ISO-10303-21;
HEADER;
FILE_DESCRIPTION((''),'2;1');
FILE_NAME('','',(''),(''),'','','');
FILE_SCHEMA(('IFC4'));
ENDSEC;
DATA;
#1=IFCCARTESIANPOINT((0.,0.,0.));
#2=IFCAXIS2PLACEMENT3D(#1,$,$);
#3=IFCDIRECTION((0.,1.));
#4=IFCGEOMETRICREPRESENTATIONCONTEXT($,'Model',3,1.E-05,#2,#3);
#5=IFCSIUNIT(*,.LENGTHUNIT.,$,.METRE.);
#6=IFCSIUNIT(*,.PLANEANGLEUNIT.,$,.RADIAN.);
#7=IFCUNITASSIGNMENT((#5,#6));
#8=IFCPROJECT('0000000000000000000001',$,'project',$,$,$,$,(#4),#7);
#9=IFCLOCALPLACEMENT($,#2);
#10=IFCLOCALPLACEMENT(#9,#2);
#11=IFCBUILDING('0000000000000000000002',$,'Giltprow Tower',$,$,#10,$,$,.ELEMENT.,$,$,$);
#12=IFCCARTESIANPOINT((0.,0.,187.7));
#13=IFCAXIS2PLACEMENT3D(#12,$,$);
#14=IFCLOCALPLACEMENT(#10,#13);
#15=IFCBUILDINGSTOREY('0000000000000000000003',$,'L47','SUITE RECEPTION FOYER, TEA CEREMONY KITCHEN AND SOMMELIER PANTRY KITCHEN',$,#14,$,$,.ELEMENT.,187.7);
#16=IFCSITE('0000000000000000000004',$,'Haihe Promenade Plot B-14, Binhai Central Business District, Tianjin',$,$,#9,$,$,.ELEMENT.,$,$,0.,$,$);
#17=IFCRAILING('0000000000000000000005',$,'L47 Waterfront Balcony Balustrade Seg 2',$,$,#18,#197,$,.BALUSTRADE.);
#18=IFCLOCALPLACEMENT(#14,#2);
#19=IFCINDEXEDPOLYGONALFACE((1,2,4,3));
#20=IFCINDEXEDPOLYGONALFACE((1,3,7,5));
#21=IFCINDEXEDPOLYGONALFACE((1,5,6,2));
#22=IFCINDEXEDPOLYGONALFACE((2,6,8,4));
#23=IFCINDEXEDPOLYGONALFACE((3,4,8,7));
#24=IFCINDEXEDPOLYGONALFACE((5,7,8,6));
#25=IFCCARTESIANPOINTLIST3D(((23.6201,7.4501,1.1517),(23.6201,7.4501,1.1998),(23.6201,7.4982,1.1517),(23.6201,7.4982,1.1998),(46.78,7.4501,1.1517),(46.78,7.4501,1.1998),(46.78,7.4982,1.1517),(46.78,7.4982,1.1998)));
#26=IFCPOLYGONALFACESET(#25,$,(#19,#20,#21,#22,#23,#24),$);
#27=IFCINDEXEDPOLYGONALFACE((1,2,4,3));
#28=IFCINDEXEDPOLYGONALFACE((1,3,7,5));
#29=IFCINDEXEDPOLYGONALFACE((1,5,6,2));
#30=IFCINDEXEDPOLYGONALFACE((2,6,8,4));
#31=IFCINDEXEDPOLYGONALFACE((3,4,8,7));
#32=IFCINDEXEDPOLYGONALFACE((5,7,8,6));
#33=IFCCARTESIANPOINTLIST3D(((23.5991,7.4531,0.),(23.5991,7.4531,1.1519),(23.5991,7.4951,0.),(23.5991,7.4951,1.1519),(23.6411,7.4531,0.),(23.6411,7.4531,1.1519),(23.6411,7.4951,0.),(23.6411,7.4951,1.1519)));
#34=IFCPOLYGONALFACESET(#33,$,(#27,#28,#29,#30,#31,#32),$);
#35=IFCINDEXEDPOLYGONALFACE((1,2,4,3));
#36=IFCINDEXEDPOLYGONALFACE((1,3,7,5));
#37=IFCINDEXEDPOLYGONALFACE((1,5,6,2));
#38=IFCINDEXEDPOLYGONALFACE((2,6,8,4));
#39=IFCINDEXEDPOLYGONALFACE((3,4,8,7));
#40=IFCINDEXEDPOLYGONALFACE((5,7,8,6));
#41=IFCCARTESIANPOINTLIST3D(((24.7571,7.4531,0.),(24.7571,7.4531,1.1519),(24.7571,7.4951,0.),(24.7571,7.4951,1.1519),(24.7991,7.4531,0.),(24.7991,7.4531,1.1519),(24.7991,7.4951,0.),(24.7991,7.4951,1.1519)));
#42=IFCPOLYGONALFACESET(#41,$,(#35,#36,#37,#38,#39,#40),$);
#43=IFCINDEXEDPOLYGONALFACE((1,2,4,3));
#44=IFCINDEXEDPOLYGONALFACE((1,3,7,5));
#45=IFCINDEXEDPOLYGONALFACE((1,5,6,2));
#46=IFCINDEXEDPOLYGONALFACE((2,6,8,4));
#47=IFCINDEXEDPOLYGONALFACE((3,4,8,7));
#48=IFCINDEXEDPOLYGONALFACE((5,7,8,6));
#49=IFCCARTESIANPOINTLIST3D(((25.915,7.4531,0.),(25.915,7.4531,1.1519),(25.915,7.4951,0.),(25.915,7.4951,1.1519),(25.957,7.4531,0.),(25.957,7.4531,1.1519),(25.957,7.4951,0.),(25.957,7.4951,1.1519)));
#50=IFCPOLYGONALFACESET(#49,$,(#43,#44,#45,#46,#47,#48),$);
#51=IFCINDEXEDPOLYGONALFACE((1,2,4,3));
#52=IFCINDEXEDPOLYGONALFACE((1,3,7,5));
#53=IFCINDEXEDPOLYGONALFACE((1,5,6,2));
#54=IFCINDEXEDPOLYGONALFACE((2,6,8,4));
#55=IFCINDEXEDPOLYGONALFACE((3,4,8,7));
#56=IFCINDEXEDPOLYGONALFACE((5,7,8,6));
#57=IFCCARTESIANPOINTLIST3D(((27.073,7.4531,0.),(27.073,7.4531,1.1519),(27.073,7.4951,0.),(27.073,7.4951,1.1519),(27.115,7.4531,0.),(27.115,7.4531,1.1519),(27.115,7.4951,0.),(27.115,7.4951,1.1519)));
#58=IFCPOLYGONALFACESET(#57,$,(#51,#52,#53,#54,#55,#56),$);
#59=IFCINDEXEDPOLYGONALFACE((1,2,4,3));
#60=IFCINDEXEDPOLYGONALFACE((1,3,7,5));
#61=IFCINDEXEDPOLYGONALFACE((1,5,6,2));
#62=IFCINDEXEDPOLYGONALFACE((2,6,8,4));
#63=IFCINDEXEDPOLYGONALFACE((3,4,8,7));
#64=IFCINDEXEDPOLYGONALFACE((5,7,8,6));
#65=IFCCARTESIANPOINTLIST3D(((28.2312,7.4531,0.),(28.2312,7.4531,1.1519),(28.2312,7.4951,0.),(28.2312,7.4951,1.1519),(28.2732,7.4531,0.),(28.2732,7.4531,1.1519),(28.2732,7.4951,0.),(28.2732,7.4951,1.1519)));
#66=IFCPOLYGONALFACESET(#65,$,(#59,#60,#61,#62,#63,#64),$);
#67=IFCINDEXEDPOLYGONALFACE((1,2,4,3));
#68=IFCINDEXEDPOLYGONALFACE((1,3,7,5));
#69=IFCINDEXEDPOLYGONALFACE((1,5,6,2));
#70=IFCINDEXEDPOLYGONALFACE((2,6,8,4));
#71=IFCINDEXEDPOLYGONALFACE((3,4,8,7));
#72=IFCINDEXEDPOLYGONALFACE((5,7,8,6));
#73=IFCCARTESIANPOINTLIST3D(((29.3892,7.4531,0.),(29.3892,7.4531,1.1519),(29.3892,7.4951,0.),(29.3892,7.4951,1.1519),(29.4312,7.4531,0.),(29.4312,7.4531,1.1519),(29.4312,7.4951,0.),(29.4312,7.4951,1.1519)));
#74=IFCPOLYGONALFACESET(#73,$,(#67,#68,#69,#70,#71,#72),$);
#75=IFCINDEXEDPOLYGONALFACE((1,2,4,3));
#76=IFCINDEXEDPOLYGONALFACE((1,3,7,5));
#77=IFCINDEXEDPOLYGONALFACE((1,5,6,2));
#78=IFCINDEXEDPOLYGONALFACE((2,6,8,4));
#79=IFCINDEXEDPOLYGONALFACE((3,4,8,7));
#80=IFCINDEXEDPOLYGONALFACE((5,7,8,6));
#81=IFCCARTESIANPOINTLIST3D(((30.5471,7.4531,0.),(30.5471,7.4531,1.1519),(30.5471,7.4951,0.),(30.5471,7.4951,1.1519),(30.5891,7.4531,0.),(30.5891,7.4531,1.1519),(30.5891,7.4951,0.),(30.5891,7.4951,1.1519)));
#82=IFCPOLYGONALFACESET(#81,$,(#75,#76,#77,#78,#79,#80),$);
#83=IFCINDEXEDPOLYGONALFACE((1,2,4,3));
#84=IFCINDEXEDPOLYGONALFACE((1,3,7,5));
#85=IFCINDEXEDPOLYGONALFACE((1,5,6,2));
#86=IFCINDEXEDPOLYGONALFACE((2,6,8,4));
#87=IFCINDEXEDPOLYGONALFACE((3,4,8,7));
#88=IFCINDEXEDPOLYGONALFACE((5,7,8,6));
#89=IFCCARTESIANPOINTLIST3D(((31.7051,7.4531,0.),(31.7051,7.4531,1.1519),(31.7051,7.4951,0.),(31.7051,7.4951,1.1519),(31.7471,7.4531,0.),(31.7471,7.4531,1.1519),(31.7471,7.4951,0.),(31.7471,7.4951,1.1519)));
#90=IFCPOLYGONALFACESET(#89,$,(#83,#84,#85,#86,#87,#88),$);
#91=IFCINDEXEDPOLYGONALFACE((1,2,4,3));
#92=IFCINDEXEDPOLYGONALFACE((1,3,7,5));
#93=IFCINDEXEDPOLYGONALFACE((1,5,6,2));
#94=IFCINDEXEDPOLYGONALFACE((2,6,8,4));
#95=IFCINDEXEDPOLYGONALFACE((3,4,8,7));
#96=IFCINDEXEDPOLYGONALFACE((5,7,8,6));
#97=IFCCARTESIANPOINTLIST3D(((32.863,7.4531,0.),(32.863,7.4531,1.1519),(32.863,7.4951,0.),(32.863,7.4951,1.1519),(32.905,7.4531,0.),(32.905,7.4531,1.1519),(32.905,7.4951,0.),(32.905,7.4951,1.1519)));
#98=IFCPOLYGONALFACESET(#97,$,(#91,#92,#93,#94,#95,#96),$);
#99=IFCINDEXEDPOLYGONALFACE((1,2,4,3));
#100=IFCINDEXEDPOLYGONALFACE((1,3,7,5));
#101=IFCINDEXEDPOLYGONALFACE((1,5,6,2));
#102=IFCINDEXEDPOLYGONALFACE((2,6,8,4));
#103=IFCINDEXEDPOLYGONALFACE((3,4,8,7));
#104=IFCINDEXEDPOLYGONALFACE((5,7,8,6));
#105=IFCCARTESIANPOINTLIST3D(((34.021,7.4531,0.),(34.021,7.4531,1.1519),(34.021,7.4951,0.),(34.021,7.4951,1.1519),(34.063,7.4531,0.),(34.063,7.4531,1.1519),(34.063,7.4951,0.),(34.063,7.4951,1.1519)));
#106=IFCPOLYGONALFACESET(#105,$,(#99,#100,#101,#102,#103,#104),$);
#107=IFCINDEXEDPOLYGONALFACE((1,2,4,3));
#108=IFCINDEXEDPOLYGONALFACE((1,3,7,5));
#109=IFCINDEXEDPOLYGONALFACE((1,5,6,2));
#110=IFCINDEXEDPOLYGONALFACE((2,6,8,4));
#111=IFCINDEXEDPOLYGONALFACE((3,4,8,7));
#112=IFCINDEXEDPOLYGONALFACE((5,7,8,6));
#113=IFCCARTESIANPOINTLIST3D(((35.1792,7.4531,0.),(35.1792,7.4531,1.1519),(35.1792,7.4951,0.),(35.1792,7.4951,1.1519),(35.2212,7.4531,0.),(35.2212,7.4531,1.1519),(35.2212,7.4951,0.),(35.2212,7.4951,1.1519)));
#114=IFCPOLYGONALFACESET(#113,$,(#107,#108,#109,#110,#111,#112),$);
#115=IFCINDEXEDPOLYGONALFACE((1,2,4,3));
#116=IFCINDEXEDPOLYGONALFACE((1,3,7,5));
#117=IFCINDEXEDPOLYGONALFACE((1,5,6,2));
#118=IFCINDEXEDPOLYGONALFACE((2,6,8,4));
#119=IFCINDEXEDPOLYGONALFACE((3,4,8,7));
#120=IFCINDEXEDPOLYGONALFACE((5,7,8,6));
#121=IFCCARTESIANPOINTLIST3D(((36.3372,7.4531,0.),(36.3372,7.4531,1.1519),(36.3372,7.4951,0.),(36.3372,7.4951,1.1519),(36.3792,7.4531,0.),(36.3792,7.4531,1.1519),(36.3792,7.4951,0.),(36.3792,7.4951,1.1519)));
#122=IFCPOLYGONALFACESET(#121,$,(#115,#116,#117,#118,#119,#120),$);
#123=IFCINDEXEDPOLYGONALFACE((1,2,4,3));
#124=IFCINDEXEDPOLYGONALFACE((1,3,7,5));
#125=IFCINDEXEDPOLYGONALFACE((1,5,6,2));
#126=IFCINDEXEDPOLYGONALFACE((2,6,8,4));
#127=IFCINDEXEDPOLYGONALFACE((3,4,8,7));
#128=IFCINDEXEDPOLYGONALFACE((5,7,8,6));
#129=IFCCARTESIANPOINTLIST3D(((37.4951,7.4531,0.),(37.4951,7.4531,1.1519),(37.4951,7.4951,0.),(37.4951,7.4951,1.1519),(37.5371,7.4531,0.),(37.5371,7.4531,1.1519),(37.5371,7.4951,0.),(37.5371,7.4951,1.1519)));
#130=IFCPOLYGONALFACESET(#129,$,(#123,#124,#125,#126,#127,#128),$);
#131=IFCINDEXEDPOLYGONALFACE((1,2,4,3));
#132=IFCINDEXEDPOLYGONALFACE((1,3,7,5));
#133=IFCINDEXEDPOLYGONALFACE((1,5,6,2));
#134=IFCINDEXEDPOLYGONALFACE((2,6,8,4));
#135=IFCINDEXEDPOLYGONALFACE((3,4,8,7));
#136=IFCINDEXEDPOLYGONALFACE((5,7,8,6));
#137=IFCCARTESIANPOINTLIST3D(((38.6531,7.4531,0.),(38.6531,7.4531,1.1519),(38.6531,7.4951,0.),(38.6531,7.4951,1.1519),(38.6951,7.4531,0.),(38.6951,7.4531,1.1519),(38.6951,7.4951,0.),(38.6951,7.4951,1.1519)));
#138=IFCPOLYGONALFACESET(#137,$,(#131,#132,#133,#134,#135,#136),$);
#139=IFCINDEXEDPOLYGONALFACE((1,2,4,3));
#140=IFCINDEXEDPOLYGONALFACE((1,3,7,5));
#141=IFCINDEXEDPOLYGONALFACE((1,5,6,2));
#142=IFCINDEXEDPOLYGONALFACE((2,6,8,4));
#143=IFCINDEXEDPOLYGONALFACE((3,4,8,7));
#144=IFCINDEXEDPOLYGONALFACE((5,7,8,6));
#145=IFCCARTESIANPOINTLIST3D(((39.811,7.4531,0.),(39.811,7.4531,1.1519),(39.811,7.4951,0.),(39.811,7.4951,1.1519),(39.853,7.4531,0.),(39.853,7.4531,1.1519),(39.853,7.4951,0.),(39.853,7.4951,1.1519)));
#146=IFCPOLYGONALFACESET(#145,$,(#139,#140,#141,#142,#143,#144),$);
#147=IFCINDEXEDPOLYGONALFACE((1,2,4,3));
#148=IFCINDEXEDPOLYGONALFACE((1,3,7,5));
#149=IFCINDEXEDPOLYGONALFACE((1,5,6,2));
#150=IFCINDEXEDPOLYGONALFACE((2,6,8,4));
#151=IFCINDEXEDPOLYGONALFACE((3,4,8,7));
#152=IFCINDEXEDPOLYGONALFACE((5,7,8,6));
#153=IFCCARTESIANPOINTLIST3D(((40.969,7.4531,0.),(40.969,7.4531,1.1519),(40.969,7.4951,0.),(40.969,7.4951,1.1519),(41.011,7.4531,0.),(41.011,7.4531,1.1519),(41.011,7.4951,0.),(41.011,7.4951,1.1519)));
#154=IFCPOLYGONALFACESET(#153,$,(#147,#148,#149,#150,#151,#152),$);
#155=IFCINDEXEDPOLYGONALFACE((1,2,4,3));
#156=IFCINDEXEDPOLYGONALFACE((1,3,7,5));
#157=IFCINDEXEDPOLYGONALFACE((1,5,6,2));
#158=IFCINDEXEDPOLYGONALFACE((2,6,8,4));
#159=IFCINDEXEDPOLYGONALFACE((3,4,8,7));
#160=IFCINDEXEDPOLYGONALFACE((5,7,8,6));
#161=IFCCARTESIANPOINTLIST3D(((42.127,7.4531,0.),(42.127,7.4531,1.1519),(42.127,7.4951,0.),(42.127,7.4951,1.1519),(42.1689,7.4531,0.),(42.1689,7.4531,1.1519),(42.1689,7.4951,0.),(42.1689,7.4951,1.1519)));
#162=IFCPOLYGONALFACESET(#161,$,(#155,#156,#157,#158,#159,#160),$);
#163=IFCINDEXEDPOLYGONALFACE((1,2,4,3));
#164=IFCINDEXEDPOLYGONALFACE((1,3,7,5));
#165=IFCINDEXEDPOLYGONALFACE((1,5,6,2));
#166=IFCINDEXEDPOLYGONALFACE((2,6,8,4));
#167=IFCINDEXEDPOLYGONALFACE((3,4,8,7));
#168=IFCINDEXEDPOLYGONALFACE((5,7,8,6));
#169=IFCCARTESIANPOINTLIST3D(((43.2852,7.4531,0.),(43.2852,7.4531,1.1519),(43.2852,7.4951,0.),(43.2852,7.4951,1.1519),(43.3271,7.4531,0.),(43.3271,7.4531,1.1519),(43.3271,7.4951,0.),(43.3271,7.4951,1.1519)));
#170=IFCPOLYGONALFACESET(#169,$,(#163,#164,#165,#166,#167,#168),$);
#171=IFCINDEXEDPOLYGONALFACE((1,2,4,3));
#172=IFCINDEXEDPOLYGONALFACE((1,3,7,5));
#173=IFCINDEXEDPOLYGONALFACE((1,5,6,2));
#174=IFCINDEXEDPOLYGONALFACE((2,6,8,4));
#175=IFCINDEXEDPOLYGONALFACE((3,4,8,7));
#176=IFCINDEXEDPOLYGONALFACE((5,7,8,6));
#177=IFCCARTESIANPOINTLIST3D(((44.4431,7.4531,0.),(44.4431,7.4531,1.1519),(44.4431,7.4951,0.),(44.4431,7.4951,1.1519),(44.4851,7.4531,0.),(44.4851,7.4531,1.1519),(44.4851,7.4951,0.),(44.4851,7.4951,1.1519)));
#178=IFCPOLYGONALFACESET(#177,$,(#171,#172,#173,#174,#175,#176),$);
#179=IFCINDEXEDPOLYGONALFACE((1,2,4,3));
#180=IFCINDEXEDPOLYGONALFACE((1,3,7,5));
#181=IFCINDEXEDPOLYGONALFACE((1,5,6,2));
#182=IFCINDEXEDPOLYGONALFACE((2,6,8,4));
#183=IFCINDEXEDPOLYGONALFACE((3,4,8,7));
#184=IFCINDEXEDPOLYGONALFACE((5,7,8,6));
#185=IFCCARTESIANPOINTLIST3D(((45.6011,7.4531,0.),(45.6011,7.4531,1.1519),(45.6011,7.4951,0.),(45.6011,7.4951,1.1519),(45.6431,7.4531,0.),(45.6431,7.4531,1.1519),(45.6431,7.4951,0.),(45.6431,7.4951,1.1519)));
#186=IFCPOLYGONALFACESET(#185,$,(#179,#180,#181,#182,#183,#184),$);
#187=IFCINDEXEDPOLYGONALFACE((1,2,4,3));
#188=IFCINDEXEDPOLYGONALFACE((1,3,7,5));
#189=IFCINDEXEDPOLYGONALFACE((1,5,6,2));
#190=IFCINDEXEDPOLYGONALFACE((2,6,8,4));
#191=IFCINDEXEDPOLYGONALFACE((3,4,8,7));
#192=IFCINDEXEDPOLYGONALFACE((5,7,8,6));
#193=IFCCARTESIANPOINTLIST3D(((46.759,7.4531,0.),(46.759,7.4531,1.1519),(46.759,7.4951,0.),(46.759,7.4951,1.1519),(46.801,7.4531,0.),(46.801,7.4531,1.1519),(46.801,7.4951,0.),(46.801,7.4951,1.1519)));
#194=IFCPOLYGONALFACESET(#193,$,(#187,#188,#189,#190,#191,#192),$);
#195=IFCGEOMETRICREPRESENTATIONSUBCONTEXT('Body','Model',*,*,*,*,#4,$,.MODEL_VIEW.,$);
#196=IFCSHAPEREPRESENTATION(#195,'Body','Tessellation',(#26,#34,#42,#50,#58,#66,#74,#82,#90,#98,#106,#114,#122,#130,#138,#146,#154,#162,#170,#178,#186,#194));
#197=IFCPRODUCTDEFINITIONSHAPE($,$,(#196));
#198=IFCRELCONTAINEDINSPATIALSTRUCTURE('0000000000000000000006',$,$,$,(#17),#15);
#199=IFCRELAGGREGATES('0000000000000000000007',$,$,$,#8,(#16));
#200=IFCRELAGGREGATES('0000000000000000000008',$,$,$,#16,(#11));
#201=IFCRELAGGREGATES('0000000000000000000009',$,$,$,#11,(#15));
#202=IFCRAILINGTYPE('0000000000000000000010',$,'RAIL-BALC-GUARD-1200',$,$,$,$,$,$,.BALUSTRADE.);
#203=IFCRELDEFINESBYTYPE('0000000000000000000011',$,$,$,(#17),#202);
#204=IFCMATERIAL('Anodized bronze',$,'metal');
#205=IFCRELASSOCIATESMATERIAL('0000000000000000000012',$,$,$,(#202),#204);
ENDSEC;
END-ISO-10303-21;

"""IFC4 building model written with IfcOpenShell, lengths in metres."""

from ifc_helpers import new_model, si_unit, direction, frame, origin, origin_2d, place, context, subcontext, project, spatial, rectangle, extrude, material, type_object, element, save


model = new_model("IFC4")

# Units and contexts
model_context = context("Model", 3, precision=1e-05, world=origin(), true_north=direction((0.0, 1.0)))
body_context = subcontext(model_context, "Body", "Model", "MODEL_VIEW")
ifc_project = project(units=[si_unit("LENGTHUNIT", "METRE"), si_unit("PLANEANGLEUNIT", "RADIAN")], contexts=[model_context])

# Site, building, storey
site_placement = place(None, origin())
site = spatial("IfcSite", under=ifc_project, at=site_placement, Name="Haihe Promenade Plot B-14, Binhai Central Business District, Tianjin", CompositionType="ELEMENT", RefElevation=0.0)
building_placement = place(site_placement, origin())
building = spatial("IfcBuilding", under=site, at=building_placement, Name="Giltprow Tower", CompositionType="ELEMENT")
storey_placement = place(building_placement, frame((0.0, 0.0, 187.7)))
storey = spatial("IfcBuildingStorey", under=building, at=storey_placement, Name="L47", Description="SUITE RECEPTION FOYER, TEA CEREMONY KITCHEN AND SOMMELIER PANTRY KITCHEN", CompositionType="ELEMENT", Elevation=187.7)

# Railing
ifc_material_1 = material(Name="Anodized bronze", Category="metal")
railing_type = type_object("IfcRailingType", Name="RAIL-BALC-GUARD-1200", PredefinedType="BALUSTRADE", material=ifc_material_1)
railing_1_placement = place(storey_placement, frame((23.6201, 7.4741, 0.0)))
element("IfcRailing", 1, at=railing_1_placement, inside=storey, type_object=railing_type, Name="L47 Waterfront Balcony Balustrade Seg 2", PredefinedType="BALUSTRADE", context=body_context, shape_type="SweptSolid", body=[
    extrude(rectangle(XDim=0.0481, YDim=0.0481, at=origin_2d()), frame((0.0, 0.0, 1.1758), z_axis=(1.0, 0.0, 0.0), x_axis=(0.0, 1.0, 0.0)), (0.0, 0.0, 1.0), 23.1599),
    extrude(rectangle(XDim=0.042, YDim=0.042, at=origin_2d()), origin(), (0.0, 0.0, 1.0), 1.1519),
    extrude(rectangle(XDim=0.042, YDim=0.042, at=origin_2d()), frame((1.158, 0.0, 0.0)), (0.0, 0.0, 1.0), 1.1519),
    extrude(rectangle(XDim=0.042, YDim=0.042, at=origin_2d()), frame((2.3159, 0.0, 0.0)), (0.0, 0.0, 1.0), 1.1519),
    extrude(rectangle(XDim=0.042, YDim=0.042, at=origin_2d()), frame((3.4739, 0.0, 0.0)), (0.0, 0.0, 1.0), 1.1519),
    extrude(rectangle(XDim=0.042, YDim=0.042, at=origin_2d()), frame((4.6321, 0.0, 0.0)), (0.0, 0.0, 1.0), 1.1519),
    extrude(rectangle(XDim=0.042, YDim=0.042, at=origin_2d()), frame((5.79, 0.0, 0.0)), (0.0, 0.0, 1.0), 1.1519),
    extrude(rectangle(XDim=0.042, YDim=0.042, at=origin_2d()), frame((6.948, 0.0, 0.0)), (0.0, 0.0, 1.0), 1.1519),
    extrude(rectangle(XDim=0.042, YDim=0.042, at=origin_2d()), frame((8.106, 0.0, 0.0)), (0.0, 0.0, 1.0), 1.1519),
    extrude(rectangle(XDim=0.042, YDim=0.042, at=origin_2d()), frame((9.2639, 0.0, 0.0)), (0.0, 0.0, 1.0), 1.1519),
    extrude(rectangle(XDim=0.042, YDim=0.042, at=origin_2d()), frame((10.4219, 0.0, 0.0)), (0.0, 0.0, 1.0), 1.1519),
    extrude(rectangle(XDim=0.042, YDim=0.042, at=origin_2d()), frame((11.5801, 0.0, 0.0)), (0.0, 0.0, 1.0), 1.1519),
    extrude(rectangle(XDim=0.042, YDim=0.042, at=origin_2d()), frame((12.738, 0.0, 0.0)), (0.0, 0.0, 1.0), 1.1519),
    extrude(rectangle(XDim=0.042, YDim=0.042, at=origin_2d()), frame((13.896, 0.0, 0.0)), (0.0, 0.0, 1.0), 1.1519),
    extrude(rectangle(XDim=0.042, YDim=0.042, at=origin_2d()), frame((15.054, 0.0, 0.0)), (0.0, 0.0, 1.0), 1.1519),
    extrude(rectangle(XDim=0.042, YDim=0.042, at=origin_2d()), frame((16.2119, 0.0, 0.0)), (0.0, 0.0, 1.0), 1.1519),
    extrude(rectangle(XDim=0.042, YDim=0.042, at=origin_2d()), frame((17.3699, 0.0, 0.0)), (0.0, 0.0, 1.0), 1.1519),
    extrude(rectangle(XDim=0.042, YDim=0.042, at=origin_2d()), frame((18.5278, 0.0, 0.0)), (0.0, 0.0, 1.0), 1.1519),
    extrude(rectangle(XDim=0.042, YDim=0.042, at=origin_2d()), frame((19.686, 0.0, 0.0)), (0.0, 0.0, 1.0), 1.1519),
    extrude(rectangle(XDim=0.042, YDim=0.042, at=origin_2d()), frame((20.844, 0.0, 0.0)), (0.0, 0.0, 1.0), 1.1519),
    extrude(rectangle(XDim=0.042, YDim=0.042, at=origin_2d()), frame((22.002, 0.0, 0.0)), (0.0, 0.0, 1.0), 1.1519),
    extrude(rectangle(XDim=0.042, YDim=0.042, at=origin_2d()), frame((23.1599, 0.0, 0.0)), (0.0, 0.0, 1.0), 1.1519),
])

save(model, "model.ifc")
